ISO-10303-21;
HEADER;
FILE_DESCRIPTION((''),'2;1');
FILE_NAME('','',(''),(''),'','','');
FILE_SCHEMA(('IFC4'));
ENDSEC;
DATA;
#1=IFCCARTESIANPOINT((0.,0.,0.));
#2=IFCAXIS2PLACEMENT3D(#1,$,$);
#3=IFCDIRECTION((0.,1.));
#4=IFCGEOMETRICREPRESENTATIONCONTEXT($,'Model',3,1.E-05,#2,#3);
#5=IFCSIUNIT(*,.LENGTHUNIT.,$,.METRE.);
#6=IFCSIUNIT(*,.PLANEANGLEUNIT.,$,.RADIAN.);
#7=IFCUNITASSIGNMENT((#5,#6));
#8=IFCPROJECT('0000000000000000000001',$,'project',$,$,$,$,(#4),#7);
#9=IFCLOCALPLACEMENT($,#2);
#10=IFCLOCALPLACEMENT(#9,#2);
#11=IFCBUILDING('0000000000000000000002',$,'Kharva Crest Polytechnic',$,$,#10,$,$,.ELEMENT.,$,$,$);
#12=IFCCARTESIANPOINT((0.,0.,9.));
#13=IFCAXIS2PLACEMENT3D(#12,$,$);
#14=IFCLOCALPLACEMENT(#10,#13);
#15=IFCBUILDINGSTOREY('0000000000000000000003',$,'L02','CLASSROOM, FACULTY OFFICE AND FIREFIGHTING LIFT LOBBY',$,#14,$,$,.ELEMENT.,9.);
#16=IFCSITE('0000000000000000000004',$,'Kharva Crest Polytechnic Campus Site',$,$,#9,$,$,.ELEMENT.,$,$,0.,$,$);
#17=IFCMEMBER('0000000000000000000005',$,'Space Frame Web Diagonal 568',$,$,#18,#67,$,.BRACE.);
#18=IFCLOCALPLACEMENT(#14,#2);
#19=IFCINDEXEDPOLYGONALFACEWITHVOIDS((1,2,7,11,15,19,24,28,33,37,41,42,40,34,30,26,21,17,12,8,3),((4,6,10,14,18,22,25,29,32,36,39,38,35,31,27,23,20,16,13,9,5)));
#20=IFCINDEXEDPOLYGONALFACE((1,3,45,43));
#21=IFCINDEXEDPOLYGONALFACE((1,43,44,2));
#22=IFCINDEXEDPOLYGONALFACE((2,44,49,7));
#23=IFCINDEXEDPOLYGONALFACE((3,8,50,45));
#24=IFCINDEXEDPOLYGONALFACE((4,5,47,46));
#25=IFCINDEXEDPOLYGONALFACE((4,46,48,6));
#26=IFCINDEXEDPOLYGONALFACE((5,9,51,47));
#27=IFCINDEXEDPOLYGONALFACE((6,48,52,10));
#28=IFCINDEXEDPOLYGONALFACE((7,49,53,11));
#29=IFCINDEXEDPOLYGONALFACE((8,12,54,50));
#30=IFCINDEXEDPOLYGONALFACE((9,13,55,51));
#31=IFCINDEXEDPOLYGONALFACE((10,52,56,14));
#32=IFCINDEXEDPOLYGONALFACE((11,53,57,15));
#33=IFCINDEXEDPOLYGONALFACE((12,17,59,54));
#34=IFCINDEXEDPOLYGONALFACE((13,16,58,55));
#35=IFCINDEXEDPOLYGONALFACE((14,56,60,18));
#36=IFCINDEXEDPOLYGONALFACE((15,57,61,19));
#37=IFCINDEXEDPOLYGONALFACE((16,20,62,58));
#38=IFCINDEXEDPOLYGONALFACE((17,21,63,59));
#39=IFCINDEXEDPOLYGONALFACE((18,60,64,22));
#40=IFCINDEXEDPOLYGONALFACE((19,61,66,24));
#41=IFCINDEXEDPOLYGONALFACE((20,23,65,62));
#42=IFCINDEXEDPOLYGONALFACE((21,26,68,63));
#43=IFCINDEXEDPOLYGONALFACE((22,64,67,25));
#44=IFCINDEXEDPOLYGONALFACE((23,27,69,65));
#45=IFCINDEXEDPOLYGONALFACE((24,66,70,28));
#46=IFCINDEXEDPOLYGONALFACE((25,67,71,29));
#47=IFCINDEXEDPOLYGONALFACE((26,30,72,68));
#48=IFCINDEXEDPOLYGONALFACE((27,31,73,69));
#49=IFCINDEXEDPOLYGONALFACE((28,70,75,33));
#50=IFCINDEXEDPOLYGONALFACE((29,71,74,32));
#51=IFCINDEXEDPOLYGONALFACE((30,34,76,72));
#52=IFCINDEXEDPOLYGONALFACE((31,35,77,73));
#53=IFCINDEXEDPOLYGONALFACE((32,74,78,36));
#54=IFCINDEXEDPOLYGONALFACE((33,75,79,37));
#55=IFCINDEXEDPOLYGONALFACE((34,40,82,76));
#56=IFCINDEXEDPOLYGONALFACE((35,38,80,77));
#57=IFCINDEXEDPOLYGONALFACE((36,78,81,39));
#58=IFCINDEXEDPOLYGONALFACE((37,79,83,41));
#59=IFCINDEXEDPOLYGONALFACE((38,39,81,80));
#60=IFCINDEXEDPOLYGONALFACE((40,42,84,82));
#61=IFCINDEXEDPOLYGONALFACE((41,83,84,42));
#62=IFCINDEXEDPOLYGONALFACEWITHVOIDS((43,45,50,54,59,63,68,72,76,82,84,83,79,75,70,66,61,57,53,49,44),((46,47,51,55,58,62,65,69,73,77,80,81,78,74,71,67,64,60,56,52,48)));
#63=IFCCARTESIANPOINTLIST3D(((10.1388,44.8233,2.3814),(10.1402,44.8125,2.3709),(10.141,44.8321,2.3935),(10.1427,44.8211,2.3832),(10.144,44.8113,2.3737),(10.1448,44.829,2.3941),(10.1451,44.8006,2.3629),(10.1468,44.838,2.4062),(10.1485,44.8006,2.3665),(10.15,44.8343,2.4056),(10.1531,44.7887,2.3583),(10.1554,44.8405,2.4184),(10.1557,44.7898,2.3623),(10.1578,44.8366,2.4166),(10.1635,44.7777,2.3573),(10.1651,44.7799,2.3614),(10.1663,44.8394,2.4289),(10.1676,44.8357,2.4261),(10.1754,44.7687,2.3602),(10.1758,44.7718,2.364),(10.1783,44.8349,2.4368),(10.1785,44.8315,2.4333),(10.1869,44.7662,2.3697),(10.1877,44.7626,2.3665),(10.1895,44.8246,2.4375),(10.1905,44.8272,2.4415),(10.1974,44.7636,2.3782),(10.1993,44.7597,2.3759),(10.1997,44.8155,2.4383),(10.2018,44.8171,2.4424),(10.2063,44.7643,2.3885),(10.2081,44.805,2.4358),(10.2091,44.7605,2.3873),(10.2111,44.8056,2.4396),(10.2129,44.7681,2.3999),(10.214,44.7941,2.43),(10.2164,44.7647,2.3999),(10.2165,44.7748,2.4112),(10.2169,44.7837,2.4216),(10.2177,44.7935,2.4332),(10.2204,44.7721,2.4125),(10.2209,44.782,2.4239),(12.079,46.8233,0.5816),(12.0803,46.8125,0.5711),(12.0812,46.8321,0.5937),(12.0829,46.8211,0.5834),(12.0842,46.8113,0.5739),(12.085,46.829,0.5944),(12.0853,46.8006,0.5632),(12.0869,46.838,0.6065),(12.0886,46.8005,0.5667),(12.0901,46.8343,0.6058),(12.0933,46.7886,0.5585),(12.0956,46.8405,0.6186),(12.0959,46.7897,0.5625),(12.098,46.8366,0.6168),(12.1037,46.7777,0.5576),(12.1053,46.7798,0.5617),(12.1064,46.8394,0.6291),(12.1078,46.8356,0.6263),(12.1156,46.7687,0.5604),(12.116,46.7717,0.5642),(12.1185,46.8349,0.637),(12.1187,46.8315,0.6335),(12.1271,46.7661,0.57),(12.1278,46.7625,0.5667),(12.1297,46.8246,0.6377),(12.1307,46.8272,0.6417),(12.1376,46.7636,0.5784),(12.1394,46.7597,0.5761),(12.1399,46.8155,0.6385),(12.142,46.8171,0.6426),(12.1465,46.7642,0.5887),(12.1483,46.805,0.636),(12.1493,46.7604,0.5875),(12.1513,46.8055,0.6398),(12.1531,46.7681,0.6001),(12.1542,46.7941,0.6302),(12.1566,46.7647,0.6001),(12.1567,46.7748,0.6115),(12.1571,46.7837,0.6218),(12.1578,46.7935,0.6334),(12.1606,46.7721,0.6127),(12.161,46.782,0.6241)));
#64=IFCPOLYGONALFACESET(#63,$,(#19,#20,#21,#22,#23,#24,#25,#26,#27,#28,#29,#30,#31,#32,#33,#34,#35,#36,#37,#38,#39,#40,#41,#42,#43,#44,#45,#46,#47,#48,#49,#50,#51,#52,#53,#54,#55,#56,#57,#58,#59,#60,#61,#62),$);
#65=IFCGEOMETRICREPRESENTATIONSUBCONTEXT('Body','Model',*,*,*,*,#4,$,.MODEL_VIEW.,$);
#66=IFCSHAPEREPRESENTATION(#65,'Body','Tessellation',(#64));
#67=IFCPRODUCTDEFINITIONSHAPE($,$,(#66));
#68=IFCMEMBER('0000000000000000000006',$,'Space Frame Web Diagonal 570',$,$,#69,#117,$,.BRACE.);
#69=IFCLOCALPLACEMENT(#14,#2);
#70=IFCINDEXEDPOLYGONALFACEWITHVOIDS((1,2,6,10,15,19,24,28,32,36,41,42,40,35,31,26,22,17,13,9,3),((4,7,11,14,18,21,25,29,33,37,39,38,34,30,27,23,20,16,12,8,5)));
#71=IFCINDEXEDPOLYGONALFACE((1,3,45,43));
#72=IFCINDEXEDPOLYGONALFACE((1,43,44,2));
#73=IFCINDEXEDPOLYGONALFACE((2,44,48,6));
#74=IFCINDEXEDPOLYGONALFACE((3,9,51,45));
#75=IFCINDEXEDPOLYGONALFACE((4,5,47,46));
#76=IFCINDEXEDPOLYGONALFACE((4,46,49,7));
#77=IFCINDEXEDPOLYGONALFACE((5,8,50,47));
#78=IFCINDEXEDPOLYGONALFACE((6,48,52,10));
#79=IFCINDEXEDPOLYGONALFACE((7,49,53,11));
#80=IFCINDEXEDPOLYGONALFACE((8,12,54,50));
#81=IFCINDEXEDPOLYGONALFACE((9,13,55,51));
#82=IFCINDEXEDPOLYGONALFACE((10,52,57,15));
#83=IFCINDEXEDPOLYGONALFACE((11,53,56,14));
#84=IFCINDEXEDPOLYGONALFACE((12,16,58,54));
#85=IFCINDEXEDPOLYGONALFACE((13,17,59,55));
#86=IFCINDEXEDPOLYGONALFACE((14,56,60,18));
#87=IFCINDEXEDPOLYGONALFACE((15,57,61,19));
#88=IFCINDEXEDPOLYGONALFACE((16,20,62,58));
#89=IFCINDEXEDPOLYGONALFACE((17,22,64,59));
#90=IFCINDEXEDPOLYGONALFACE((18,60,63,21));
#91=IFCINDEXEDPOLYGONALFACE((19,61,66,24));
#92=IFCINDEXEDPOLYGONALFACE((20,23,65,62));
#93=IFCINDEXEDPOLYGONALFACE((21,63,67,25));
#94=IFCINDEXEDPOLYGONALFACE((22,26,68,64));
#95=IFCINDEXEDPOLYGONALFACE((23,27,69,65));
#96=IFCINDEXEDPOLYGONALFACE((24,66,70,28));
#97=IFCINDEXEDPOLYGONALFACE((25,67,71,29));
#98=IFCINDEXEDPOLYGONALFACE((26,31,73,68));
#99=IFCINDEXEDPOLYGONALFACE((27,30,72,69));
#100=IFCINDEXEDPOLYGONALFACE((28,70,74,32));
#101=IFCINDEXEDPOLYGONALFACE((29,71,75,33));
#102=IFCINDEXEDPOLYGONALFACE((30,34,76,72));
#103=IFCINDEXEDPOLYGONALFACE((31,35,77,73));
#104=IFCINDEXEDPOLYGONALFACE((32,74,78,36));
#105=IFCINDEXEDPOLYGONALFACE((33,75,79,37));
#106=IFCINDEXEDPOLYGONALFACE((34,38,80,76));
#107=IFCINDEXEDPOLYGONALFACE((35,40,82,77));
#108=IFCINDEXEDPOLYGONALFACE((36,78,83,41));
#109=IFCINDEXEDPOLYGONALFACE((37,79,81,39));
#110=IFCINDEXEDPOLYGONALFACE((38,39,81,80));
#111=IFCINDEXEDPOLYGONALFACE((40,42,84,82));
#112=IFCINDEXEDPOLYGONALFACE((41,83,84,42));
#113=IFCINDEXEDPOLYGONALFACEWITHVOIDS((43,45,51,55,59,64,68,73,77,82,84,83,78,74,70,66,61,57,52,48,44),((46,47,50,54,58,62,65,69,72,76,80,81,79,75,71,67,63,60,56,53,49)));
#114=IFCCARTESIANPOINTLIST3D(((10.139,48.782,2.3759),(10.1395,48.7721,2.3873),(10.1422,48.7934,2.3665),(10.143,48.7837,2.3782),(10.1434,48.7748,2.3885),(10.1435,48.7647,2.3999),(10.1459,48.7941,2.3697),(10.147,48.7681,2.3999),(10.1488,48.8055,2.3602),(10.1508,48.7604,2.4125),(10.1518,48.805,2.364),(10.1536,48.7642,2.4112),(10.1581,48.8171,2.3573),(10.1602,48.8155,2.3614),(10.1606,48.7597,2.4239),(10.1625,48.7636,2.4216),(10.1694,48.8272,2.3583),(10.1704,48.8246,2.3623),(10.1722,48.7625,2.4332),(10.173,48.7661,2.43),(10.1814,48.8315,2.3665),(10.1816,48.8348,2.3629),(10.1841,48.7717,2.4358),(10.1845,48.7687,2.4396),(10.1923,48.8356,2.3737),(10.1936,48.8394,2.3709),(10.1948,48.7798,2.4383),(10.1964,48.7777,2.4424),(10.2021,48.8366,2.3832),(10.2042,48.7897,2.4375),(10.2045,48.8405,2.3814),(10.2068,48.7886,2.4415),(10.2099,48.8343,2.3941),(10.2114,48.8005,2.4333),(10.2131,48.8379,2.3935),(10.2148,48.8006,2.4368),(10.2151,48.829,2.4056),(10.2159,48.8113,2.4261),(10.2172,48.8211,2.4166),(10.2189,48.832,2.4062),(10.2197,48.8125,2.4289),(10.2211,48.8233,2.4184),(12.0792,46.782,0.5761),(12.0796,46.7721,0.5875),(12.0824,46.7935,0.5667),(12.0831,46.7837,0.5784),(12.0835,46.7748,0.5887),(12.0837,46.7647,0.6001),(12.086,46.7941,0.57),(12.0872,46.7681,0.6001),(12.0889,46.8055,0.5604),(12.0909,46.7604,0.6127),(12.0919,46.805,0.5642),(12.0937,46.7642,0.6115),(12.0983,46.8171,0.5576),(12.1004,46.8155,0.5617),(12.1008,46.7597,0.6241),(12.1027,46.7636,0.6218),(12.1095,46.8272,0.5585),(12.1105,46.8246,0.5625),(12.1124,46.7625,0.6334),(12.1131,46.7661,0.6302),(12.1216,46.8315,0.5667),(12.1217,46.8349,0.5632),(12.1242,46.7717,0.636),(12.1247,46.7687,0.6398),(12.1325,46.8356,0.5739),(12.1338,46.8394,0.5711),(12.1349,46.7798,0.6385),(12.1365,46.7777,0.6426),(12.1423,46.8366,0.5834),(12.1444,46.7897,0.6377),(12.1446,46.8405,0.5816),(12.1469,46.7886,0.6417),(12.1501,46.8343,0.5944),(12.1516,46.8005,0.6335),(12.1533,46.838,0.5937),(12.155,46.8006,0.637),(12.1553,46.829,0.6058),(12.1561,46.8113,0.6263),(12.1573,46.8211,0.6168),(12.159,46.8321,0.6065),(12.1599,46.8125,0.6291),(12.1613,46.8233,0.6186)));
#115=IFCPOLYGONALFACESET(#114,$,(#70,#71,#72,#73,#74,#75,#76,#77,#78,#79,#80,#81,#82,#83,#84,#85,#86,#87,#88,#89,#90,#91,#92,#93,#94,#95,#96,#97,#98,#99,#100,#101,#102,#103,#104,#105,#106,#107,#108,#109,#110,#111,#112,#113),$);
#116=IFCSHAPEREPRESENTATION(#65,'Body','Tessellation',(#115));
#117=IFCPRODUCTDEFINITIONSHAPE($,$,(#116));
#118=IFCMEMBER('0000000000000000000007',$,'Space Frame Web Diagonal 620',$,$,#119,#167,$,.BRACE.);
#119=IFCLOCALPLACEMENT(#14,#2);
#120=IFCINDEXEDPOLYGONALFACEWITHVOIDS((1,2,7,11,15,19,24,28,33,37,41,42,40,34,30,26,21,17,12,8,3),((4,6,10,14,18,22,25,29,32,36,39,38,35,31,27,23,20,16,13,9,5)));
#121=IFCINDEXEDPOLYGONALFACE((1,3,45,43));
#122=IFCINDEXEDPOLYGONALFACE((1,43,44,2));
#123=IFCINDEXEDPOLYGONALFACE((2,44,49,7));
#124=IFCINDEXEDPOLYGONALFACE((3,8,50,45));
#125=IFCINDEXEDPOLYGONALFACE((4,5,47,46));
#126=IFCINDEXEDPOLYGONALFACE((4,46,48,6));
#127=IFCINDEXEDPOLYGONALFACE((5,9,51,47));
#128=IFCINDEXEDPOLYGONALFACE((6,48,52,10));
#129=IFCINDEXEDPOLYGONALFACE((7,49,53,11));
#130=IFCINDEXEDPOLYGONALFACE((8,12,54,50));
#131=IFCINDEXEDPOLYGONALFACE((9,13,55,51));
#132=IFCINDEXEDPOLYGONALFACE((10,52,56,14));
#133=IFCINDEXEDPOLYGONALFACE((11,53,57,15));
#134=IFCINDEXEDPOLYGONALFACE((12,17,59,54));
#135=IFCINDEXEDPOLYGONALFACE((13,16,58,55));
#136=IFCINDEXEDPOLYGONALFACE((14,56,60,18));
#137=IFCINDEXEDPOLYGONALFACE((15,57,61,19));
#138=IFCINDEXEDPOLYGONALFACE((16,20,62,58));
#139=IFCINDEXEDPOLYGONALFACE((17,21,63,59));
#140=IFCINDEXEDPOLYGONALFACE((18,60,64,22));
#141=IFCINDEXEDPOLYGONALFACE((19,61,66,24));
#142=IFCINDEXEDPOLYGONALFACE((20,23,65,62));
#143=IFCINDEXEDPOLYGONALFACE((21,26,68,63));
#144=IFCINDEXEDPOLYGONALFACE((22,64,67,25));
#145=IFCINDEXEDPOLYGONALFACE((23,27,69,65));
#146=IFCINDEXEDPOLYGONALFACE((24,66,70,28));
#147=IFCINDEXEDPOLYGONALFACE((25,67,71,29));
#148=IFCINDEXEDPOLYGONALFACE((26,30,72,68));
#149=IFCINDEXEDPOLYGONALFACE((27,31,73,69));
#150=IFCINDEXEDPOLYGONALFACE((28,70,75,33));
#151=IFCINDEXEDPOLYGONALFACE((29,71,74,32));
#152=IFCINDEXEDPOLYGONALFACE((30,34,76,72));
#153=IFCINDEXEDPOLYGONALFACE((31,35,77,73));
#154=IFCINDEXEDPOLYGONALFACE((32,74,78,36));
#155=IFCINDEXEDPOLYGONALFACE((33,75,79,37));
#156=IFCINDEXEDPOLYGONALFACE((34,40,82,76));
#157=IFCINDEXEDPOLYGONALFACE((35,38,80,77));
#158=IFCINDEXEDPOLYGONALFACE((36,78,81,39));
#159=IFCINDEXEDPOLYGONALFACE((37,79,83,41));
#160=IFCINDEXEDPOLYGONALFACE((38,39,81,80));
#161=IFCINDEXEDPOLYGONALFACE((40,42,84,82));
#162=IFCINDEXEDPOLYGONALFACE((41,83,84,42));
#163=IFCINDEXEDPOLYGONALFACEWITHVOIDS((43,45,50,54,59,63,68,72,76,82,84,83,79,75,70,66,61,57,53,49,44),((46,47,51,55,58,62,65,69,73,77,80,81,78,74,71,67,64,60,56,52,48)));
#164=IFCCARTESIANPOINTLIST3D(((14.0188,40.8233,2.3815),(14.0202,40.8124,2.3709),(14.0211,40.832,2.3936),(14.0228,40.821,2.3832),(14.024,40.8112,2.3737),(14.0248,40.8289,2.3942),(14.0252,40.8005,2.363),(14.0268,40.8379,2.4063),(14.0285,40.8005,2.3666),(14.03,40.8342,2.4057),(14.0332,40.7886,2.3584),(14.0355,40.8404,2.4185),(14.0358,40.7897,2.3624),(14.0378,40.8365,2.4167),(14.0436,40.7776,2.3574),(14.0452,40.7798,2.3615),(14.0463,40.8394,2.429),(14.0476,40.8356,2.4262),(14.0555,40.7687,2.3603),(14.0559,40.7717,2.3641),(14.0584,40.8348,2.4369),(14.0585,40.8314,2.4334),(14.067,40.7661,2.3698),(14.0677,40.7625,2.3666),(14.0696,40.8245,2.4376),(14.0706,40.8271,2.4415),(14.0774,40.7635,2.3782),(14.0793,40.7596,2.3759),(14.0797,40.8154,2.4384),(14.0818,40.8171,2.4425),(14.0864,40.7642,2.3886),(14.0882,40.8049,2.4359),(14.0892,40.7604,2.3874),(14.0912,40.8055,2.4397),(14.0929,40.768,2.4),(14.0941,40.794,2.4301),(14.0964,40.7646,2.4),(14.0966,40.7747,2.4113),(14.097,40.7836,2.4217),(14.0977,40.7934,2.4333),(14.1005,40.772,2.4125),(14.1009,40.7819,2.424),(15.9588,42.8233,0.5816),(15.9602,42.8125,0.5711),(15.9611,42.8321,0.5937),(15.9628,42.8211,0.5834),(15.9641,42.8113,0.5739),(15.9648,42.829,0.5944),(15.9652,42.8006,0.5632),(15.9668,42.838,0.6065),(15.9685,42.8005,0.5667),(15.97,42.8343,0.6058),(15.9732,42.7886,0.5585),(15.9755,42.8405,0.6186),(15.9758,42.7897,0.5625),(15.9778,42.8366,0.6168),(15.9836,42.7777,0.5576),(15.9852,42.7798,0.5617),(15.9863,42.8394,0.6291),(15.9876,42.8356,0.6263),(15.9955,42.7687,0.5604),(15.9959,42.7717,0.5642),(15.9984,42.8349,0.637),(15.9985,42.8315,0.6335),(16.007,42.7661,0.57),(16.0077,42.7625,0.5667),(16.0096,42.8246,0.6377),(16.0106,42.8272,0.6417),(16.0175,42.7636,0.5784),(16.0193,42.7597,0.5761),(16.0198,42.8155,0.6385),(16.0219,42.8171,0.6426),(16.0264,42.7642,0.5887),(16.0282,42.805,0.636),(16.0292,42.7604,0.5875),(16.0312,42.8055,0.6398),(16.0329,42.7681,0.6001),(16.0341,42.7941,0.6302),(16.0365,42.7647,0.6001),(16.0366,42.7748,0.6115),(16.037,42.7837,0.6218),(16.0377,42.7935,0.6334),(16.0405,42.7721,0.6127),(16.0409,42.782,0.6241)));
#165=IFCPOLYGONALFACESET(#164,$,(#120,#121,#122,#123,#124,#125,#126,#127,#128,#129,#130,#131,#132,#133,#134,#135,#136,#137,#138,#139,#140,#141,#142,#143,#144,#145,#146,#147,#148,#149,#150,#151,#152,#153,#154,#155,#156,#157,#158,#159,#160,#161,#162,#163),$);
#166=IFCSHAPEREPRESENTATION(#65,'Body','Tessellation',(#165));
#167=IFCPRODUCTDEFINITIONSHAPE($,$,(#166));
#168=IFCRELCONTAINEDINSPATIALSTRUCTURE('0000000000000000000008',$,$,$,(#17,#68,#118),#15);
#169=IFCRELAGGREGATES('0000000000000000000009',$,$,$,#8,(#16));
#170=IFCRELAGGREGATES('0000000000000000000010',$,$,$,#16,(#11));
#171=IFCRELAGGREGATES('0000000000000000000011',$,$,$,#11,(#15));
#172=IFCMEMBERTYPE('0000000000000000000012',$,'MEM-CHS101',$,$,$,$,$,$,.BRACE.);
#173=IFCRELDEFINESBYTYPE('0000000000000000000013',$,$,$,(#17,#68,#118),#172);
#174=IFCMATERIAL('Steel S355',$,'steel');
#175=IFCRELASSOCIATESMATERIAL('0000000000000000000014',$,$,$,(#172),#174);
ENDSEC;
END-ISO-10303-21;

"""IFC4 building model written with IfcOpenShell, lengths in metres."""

from ifc_helpers import new_model, si_unit, direction, frame, origin, origin_2d, place, context, subcontext, project, spatial, hollow_circle, extrude, material, material_profile, profile_set, type_object, element, save


model = new_model("IFC4")

# Units and contexts
model_context = context("Model", 3, precision=1e-05, world=origin(), true_north=direction((0.0, 1.0)))
body_context = subcontext(model_context, "Body", "Model", "MODEL_VIEW")
ifc_project = project(units=[si_unit("LENGTHUNIT", "METRE"), si_unit("PLANEANGLEUNIT", "RADIAN")], contexts=[model_context])

# Site, building, storey
site_placement = place(None, origin())
site = spatial("IfcSite", under=ifc_project, at=site_placement, Name="Kharva Crest Polytechnic Campus Site", CompositionType="ELEMENT", RefElevation=0.0)
building_placement = place(site_placement, origin())
building = spatial("IfcBuilding", under=site, at=building_placement, Name="Kharva Crest Polytechnic", CompositionType="ELEMENT")
storey_placement = place(building_placement, frame((0.0, 0.0, 9.0)))
storey = spatial("IfcBuildingStorey", under=building, at=storey_placement, Name="L02", Description="CLASSROOM, FACULTY OFFICE AND FIREFIGHTING LIFT LOBBY", CompositionType="ELEMENT", Elevation=9.0)

# Shared definitions
ifc_material_1 = material(Name="Steel S355", Category="steel")

# Members
ifc_material_profile_1 = material_profile(ifc_material_1, hollow_circle(Radius=0.0508, WallThickness=0.0049, at=origin_2d()), Name="CHS 101.6X5.0")
ifc_profile_set_1 = profile_set([ifc_material_profile_1], Name="Steel S355")
member_type_1 = type_object("IfcMemberType", Name="MEM-CHS101", PredefinedType="BRACE", material=ifc_profile_set_1)
for number, where, z_axis, x_axis, name in (
    (1, (12.1201, 46.8, 0.6001), (-0.584892, -0.602924, 0.542572), (0.717758, -0.696292, 0.0), "Space Frame Web Diagonal 568"),
    (2, (12.1201, 46.8, 0.6001), (-0.584892, 0.602924, 0.542572), (-0.717758, -0.696292, 0.0), "Space Frame Web Diagonal 570"),
    (3, (16.0, 42.8, 0.6001), (-0.584843, -0.60295, 0.542596), (0.717802, -0.696247, 0.0), "Space Frame Web Diagonal 620"),
):
    element("IfcMember", number, at=place(storey_placement, frame(where, z_axis=z_axis, x_axis=x_axis)), inside=storey, type_object=member_type_1, Name=name, PredefinedType="BRACE", context=body_context, shape_type="SweptSolid", body=[
        extrude(hollow_circle(Radius=0.0508, WallThickness=0.0049, at=origin_2d()), origin(), (0.0, 0.0, 1.0), 3.3171),
    ])

save(model, "model.ifc")
